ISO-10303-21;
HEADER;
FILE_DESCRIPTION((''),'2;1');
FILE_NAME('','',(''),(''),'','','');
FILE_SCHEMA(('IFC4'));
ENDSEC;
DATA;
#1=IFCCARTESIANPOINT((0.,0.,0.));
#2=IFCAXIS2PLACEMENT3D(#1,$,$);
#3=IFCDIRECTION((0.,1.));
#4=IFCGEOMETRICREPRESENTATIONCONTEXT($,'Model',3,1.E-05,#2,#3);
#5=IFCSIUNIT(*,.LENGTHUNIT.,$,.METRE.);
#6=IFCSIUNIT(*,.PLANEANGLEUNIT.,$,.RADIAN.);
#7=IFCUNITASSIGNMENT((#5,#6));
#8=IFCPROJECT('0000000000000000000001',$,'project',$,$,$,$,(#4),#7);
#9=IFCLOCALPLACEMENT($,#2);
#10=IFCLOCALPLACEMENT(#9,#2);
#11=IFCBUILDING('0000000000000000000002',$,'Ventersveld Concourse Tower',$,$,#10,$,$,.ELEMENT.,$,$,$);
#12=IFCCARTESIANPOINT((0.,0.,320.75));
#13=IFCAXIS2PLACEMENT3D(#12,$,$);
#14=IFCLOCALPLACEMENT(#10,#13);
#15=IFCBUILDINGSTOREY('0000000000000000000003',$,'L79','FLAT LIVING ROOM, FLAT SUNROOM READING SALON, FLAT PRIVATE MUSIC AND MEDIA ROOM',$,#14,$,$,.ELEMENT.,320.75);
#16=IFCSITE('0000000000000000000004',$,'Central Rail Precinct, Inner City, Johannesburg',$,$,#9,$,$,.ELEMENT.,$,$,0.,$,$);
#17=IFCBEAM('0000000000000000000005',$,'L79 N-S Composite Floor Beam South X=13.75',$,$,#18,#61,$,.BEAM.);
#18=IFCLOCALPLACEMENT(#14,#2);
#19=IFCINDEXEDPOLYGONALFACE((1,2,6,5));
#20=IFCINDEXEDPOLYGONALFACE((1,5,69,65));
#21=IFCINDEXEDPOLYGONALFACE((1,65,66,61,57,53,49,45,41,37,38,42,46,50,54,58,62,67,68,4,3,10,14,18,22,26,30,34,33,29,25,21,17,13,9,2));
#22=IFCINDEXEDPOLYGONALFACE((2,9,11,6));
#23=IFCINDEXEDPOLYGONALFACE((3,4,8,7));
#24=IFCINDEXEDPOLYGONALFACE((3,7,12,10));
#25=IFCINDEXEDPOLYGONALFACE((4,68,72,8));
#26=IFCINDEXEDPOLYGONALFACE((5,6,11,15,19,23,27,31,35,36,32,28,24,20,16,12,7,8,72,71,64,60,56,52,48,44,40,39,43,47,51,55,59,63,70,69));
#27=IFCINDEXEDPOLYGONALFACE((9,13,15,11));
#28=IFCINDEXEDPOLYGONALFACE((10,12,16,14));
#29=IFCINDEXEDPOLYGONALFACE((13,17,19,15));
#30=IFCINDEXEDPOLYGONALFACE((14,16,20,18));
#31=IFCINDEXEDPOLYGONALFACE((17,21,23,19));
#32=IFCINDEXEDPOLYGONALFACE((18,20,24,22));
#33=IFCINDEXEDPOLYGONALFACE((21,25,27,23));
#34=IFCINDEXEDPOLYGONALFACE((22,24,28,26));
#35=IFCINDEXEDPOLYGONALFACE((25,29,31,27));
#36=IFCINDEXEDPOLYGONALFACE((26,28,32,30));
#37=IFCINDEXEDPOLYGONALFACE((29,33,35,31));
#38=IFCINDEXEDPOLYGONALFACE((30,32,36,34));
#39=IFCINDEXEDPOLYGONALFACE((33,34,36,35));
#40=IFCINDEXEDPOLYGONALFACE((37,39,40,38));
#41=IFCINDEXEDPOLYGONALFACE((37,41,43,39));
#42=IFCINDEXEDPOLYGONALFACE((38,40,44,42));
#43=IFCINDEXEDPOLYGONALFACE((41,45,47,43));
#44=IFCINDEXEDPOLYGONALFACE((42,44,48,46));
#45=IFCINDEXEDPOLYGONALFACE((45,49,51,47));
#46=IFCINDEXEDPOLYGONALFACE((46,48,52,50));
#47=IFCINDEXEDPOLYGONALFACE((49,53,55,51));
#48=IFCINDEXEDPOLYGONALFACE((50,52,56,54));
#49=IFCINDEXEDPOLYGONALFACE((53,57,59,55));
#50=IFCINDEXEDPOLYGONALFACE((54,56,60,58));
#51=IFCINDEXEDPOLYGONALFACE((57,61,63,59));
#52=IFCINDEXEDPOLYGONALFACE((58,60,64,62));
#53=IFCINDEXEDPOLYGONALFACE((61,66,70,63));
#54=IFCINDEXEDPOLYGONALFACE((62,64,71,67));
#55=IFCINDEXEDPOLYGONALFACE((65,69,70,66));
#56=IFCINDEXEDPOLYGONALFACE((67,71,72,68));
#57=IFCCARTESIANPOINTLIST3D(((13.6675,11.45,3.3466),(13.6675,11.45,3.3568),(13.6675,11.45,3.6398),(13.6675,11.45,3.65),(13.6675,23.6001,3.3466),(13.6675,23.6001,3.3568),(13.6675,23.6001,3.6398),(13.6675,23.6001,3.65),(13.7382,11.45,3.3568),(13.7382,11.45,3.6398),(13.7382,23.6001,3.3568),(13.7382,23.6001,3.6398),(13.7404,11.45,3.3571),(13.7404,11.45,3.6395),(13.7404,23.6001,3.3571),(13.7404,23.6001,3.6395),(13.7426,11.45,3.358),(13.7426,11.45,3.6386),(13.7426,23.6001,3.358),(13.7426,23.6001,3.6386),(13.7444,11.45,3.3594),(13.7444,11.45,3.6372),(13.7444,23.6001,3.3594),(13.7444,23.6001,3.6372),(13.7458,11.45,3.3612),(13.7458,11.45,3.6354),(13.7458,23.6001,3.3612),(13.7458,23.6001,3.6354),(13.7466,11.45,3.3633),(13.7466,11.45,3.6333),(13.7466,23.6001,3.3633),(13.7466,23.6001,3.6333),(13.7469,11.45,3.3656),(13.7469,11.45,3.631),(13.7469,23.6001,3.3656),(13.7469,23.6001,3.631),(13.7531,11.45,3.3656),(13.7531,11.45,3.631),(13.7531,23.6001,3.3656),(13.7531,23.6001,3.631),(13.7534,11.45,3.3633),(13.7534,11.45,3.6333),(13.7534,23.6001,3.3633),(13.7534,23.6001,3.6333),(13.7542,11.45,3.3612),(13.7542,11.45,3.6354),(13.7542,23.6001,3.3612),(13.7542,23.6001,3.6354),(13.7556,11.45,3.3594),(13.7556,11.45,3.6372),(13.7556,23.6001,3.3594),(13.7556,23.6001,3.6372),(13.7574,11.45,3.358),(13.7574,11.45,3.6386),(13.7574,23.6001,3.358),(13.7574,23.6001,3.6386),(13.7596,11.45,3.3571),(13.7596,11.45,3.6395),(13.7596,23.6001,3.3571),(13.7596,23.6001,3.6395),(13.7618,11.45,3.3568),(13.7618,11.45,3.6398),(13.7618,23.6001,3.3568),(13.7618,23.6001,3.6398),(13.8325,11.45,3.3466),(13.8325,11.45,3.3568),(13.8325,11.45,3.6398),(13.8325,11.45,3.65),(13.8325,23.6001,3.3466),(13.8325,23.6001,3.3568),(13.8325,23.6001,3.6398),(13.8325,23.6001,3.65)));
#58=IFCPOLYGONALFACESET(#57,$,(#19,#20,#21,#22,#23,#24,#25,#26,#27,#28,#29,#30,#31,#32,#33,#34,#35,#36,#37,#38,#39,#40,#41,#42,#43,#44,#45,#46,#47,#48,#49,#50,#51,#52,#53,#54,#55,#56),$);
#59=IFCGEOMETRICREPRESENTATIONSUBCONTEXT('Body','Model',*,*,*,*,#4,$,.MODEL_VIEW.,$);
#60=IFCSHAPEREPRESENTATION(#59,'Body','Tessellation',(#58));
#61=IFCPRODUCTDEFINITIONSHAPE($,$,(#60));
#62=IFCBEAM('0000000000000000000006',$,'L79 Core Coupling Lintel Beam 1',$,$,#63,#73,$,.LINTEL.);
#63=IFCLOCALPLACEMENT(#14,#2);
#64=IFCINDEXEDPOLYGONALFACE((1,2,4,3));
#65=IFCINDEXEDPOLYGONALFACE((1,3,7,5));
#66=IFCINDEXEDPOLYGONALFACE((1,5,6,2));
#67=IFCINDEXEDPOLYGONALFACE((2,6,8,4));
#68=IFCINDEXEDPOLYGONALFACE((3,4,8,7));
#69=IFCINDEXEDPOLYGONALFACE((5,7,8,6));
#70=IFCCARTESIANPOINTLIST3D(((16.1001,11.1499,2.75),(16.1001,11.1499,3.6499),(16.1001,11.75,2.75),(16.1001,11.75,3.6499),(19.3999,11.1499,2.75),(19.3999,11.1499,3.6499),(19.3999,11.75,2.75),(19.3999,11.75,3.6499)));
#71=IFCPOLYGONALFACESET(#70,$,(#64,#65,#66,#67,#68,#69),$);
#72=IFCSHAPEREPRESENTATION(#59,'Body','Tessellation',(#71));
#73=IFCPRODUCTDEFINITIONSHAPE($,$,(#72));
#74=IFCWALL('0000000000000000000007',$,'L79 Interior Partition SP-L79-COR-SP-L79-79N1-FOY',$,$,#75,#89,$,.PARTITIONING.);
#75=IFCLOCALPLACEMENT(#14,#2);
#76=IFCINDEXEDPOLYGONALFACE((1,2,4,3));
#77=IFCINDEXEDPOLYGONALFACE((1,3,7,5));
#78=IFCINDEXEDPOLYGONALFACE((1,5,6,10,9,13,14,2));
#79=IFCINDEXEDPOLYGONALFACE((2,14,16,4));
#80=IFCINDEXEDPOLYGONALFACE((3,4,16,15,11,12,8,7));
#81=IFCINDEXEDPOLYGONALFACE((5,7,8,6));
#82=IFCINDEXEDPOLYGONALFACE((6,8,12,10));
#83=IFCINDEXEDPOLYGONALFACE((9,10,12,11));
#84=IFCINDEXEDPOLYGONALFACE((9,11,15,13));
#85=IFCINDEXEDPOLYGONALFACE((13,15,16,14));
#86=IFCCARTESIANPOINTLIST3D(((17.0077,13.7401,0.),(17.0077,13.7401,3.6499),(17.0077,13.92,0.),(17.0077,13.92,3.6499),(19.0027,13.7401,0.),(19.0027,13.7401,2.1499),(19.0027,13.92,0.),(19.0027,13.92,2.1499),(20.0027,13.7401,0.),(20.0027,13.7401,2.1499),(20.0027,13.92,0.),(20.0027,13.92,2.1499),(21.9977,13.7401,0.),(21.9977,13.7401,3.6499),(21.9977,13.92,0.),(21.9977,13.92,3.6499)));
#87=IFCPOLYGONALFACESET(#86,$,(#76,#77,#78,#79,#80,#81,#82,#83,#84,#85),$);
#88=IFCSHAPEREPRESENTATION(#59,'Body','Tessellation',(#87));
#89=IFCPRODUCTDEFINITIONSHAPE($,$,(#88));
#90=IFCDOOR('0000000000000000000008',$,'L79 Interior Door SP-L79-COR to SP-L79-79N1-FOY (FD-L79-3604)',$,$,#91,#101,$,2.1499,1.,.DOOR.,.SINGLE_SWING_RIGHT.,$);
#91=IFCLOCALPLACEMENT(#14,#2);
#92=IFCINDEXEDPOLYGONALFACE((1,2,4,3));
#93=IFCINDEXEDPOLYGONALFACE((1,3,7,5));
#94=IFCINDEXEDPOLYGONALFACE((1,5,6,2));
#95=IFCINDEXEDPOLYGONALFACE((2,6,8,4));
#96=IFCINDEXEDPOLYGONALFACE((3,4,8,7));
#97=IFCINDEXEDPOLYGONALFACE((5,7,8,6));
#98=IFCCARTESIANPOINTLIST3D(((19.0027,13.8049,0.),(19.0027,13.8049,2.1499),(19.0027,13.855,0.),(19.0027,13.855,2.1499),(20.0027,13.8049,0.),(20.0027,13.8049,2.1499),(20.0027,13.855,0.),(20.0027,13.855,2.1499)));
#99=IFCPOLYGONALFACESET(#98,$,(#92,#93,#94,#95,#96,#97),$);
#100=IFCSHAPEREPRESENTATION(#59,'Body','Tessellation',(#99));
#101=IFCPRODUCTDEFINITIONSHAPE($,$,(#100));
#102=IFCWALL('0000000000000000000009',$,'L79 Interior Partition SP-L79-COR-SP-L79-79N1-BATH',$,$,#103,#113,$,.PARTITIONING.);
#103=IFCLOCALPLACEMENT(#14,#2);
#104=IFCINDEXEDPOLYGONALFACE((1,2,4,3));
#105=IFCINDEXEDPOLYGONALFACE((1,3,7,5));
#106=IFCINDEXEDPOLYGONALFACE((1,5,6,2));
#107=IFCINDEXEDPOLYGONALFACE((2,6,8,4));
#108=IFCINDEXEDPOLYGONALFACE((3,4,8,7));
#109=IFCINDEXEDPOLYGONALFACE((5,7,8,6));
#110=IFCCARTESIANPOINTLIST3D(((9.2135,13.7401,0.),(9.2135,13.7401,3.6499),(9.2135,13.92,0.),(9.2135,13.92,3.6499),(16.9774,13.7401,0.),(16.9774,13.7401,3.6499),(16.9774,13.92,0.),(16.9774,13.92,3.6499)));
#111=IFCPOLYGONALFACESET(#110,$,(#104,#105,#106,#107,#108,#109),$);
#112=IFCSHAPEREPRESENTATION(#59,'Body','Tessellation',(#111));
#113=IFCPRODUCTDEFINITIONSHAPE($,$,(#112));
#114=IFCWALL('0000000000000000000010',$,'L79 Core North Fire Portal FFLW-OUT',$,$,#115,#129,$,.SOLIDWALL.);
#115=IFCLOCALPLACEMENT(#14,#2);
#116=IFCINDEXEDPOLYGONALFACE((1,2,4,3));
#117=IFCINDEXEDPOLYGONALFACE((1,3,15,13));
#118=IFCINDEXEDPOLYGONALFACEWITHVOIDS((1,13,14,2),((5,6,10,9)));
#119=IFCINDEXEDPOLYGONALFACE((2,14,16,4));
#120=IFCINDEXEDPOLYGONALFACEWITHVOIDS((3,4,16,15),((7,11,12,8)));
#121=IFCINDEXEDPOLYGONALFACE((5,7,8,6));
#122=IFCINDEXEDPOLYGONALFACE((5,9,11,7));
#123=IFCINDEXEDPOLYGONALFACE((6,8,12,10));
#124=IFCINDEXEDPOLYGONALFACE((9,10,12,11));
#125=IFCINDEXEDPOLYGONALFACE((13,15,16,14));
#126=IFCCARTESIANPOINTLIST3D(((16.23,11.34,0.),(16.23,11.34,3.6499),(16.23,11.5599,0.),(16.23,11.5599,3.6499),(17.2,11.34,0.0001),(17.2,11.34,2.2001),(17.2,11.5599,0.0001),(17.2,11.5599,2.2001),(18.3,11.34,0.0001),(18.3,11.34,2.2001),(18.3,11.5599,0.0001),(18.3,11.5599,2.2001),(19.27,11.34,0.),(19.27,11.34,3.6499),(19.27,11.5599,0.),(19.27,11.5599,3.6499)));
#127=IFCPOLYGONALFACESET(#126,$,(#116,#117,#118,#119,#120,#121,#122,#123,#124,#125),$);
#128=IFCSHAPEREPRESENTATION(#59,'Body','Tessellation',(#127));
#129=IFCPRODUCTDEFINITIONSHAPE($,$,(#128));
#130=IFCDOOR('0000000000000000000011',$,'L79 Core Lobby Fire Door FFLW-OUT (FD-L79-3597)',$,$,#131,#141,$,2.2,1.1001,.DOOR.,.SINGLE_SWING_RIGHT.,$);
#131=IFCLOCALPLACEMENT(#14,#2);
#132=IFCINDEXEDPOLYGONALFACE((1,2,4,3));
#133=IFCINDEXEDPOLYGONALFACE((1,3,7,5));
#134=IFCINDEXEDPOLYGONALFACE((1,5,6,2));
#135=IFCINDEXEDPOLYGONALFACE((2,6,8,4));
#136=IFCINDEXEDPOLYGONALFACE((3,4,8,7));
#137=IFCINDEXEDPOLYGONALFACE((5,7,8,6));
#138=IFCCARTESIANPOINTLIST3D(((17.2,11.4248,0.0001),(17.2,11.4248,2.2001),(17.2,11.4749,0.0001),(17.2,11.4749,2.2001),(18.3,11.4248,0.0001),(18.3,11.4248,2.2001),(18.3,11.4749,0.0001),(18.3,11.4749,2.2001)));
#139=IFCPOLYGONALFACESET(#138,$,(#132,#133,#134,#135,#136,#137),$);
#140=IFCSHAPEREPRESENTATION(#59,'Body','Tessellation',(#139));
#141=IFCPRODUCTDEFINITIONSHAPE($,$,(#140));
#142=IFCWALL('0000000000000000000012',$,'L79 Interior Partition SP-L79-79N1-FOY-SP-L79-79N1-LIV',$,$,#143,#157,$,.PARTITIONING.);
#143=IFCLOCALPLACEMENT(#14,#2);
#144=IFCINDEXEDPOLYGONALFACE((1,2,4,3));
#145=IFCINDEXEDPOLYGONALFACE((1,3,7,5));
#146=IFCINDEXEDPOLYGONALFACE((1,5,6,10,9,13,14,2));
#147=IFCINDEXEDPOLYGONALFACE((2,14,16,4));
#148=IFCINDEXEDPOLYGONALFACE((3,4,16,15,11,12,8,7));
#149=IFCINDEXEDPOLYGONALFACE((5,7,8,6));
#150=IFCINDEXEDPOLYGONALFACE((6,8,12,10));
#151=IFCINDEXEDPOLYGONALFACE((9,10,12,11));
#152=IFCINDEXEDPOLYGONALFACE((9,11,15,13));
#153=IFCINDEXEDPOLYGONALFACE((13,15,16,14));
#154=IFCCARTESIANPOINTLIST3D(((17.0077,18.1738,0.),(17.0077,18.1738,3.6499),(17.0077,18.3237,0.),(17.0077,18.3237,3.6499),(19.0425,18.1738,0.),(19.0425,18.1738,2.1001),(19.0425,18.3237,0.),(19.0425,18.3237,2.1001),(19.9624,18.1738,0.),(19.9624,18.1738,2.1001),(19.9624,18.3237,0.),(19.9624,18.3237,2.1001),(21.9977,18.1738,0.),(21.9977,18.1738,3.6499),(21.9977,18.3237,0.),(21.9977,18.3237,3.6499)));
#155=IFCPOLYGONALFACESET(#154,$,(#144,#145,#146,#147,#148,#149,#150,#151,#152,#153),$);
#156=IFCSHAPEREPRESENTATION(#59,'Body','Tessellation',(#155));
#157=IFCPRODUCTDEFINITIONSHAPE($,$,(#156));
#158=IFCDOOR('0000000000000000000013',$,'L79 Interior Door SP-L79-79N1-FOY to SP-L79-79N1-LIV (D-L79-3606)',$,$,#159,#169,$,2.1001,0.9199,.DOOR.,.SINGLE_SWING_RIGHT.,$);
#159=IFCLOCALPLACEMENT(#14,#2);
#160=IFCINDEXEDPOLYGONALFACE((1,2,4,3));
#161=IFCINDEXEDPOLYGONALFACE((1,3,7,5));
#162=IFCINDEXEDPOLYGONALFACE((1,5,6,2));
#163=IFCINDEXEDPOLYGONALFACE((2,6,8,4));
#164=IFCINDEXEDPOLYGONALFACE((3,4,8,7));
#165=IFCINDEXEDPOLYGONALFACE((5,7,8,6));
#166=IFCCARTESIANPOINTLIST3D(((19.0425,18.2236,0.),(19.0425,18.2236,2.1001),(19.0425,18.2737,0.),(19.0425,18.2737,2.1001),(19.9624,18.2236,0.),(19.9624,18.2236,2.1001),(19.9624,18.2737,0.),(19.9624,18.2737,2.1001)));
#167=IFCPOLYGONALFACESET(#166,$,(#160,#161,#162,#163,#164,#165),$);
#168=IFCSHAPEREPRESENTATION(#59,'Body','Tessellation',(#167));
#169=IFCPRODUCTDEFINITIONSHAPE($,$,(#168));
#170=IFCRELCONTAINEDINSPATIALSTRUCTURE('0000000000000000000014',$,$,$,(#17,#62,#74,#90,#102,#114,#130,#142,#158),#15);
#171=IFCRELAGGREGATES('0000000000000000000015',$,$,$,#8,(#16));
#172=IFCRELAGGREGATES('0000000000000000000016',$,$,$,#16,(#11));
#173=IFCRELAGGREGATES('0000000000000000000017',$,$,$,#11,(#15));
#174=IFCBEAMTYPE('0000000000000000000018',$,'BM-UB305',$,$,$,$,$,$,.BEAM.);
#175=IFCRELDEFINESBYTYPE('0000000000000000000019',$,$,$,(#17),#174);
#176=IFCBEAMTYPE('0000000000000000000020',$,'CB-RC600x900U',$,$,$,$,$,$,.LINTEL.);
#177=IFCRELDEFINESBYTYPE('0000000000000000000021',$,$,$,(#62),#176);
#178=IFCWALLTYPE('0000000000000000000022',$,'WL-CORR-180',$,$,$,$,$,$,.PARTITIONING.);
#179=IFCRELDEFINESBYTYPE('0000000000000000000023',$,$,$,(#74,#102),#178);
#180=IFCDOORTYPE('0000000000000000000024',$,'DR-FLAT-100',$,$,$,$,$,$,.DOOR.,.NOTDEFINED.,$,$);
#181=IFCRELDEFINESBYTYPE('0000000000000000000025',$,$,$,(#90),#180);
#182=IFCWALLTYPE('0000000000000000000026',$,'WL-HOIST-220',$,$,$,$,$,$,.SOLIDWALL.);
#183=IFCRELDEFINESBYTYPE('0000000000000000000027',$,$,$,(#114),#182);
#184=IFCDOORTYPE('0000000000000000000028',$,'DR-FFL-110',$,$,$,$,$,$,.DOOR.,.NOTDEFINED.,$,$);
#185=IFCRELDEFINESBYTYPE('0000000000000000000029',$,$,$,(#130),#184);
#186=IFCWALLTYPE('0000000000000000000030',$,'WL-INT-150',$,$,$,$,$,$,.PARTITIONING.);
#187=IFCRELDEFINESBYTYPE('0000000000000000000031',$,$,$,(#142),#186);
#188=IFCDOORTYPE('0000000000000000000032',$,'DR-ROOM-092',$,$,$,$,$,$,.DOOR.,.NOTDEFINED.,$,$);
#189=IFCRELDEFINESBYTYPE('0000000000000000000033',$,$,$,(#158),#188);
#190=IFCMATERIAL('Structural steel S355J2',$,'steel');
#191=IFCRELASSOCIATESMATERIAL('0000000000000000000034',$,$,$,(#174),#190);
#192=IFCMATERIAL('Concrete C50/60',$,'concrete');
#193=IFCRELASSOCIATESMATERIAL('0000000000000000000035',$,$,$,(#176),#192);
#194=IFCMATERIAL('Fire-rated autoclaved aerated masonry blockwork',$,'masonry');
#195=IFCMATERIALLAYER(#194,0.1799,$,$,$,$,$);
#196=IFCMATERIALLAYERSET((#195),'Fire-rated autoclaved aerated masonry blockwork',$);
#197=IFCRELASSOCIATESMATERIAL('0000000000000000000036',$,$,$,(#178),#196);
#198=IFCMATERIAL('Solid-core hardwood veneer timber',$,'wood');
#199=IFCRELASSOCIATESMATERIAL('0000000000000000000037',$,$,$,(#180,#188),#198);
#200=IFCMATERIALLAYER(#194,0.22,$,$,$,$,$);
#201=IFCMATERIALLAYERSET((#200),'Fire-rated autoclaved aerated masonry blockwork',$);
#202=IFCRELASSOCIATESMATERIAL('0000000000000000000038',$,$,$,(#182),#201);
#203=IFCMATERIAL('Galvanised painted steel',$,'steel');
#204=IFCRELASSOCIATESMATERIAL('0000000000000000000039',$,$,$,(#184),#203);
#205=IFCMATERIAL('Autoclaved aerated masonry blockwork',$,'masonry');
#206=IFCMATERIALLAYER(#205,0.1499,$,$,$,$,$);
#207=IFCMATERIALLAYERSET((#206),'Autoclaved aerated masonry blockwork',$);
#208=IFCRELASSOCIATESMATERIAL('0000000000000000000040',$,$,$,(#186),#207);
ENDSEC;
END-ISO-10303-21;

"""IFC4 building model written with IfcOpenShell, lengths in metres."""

from ifc_helpers import new_model, si_unit, direction, frame, frame_2d, origin, origin_2d, place, context, subcontext, project, spatial, rectangle, i_section, extrude, material, layer, layer_set, material_profile, profile_set, type_object, element, fill, save


model = new_model("IFC4")

# Units and contexts
model_context = context("Model", 3, precision=1e-05, world=origin(), true_north=direction((0.0, 1.0)))
body_context = subcontext(model_context, "Body", "Model", "MODEL_VIEW")
ifc_project = project(units=[si_unit("LENGTHUNIT", "METRE"), si_unit("PLANEANGLEUNIT", "RADIAN")], contexts=[model_context])

# Site, building, storey
site_placement = place(None, origin())
site = spatial("IfcSite", under=ifc_project, at=site_placement, Name="Central Rail Precinct, Inner City, Johannesburg", CompositionType="ELEMENT", RefElevation=0.0)
building_placement = place(site_placement, origin())
building = spatial("IfcBuilding", under=site, at=building_placement, Name="Ventersveld Concourse Tower", CompositionType="ELEMENT")
storey_placement = place(building_placement, frame((0.0, 0.0, 320.75)))
storey = spatial("IfcBuildingStorey", under=building, at=storey_placement, Name="L79", Description="FLAT LIVING ROOM, FLAT SUNROOM READING SALON, FLAT PRIVATE MUSIC AND MEDIA ROOM", CompositionType="ELEMENT", Elevation=320.75)

# Beams
ifc_material_1 = material(Name="Structural steel S355J2", Category="steel")
ifc_material_profile_1 = material_profile(ifc_material_1, i_section(OverallWidth=0.165, OverallDepth=0.3035, WebThickness=0.0061, FlangeThickness=0.0103, FilletRadius=0.0088, at=origin_2d()), Name="UB 305x165x40")
ifc_profile_set_1 = profile_set([ifc_material_profile_1], Name="Structural steel S355J2")
beam_type_1 = type_object("IfcBeamType", Name="BM-UB305", PredefinedType="BEAM", material=ifc_profile_set_1)
beam_1_placement = place(storey_placement, frame((13.75, 11.45, 3.4983), z_axis=(0.0, 1.0, 0.0), x_axis=(-1.0, 0.0, 0.0)))
element("IfcBeam", 1, at=beam_1_placement, inside=storey, type_object=beam_type_1, Name="L79 N-S Composite Floor Beam South X=13.75", PredefinedType="BEAM", context=body_context, shape_type="SweptSolid", body=[
    extrude(i_section(OverallWidth=0.165, OverallDepth=0.3035, WebThickness=0.0061, FlangeThickness=0.0103, FilletRadius=0.0088, at=origin_2d()), origin(), (0.0, 0.0, 1.0), 12.1501),
])
ifc_material_2 = material(Name="Concrete C50/60", Category="concrete")
ifc_material_profile_2 = material_profile(ifc_material_2, rectangle(XDim=0.6001, YDim=0.8999, at=origin_2d()), Name="RC 600x900")
ifc_profile_set_2 = profile_set([ifc_material_profile_2], Name="Concrete C50/60")
beam_type_2 = type_object("IfcBeamType", Name="CB-RC600x900U", PredefinedType="LINTEL", material=ifc_profile_set_2)
beam_2_placement = place(storey_placement, frame((16.1001, 11.45, 3.2), z_axis=(1.0, 0.0, 0.0), x_axis=(0.0, 1.0, 0.0)))
element("IfcBeam", 2, at=beam_2_placement, inside=storey, type_object=beam_type_2, Name="L79 Core Coupling Lintel Beam 1", PredefinedType="LINTEL", context=body_context, shape_type="SweptSolid", body=[
    extrude(rectangle(XDim=0.6001, YDim=0.8999, at=origin_2d()), origin(), (0.0, 0.0, 1.0), 3.2998),
])

# Wall, opening, door
ifc_material_3 = material(Name="Fire-rated autoclaved aerated masonry blockwork", Category="masonry")
ifc_layer_1 = layer(ifc_material_3, 0.1799)
ifc_layer_set_1 = layer_set([ifc_layer_1], Name="Fire-rated autoclaved aerated masonry blockwork")
wall_type_1 = type_object("IfcWallType", Name="WL-CORR-180", PredefinedType="PARTITIONING", material=ifc_layer_set_1)
ifc_material_4 = material(Name="Solid-core hardwood veneer timber", Category="wood")
door_type_1 = type_object("IfcDoorType", Name="DR-FLAT-100", OperationType="NOTDEFINED", PredefinedType="DOOR", material=ifc_material_4)
wall_1_placement = place(storey_placement, frame((17.0076, 13.8301, 0.0), z_axis=(0.0, 0.0, 1.0), x_axis=(1.0, 0.0, 0.0)))
wall_1 = element("IfcWall", 3, at=wall_1_placement, inside=storey, type_object=wall_type_1, Name="L79 Interior Partition SP-L79-COR-SP-L79-79N1-FOY", PredefinedType="PARTITIONING", context=body_context, shape_type="SweptSolid", body=[
    extrude(rectangle(XDim=4.99, YDim=0.1799, at=frame_2d((2.4951, 0.0))), origin(), (0.0, 0.0, 1.0), 3.6499),
])
opening_1_placement = place(wall_1_placement, frame((1.9951, 0.0, 0.0)))
opening_1 = element("IfcOpeningElement", 4, at=opening_1_placement, cuts=wall_1, PredefinedType="OPENING", context=body_context, shape_type="SweptSolid", body=[
    extrude(rectangle(XDim=1.0, YDim=2.1499, at=frame_2d((0.5, 1.075))), frame((0.0, 0.1001, 0.0), z_axis=(0.0, -1.0, 0.0), x_axis=(1.0, 0.0, 0.0)), (0.0, 0.0, 1.0), 0.2),
])
door_1_placement = place(opening_1_placement, origin())
door_1 = element("IfcDoor", 5, at=door_1_placement, inside=storey, type_object=door_type_1, Name="L79 Interior Door SP-L79-COR to SP-L79-79N1-FOY (FD-L79-3604)", OperationType="SINGLE_SWING_RIGHT", OverallHeight=2.1499, OverallWidth=1.0, PredefinedType="DOOR", context=body_context, shape_type="SweptSolid", body=[
    extrude(rectangle(XDim=1.0, YDim=2.1499, at=frame_2d((0.5, 1.075))), frame((0.0, 0.0249, 0.0), z_axis=(0.0, -1.0, 0.0), x_axis=(1.0, 0.0, 0.0)), (0.0, 0.0, 1.0), 0.05),
])
fill(opening_1, door_1)

# Wall
wall_2_placement = place(storey_placement, frame((9.2136, 13.8301, 0.0), z_axis=(0.0, 0.0, 1.0), x_axis=(1.0, 0.0, 0.0)))
element("IfcWall", 6, at=wall_2_placement, inside=storey, type_object=wall_type_1, Name="L79 Interior Partition SP-L79-COR-SP-L79-79N1-BATH", PredefinedType="PARTITIONING", context=body_context, shape_type="SweptSolid", body=[
    extrude(rectangle(XDim=7.7639, YDim=0.1799, at=frame_2d((3.8818, 0.0))), origin(), (0.0, 0.0, 1.0), 3.6499),
])

# Walls, openings, doors
ifc_layer_2 = layer(ifc_material_3, 0.22)
ifc_layer_set_2 = layer_set([ifc_layer_2], Name="Fire-rated autoclaved aerated masonry blockwork")
wall_type_2 = type_object("IfcWallType", Name="WL-HOIST-220", PredefinedType="SOLIDWALL", material=ifc_layer_set_2)
wall_3_placement = place(storey_placement, frame((16.23, 11.45, 0.0), z_axis=(0.0, 0.0, 1.0), x_axis=(1.0, 0.0, 0.0)))
wall_3 = element("IfcWall", 7, at=wall_3_placement, inside=storey, type_object=wall_type_2, Name="L79 Core North Fire Portal FFLW-OUT", PredefinedType="SOLIDWALL", context=body_context, shape_type="SweptSolid", body=[
    extrude(rectangle(XDim=3.04, YDim=0.22, at=frame_2d((1.52, 0.0))), origin(), (0.0, 0.0, 1.0), 3.6499),
])
opening_2_placement = place(wall_3_placement, frame((0.97, 0.0, 0.0)))
opening_2 = element("IfcOpeningElement", 8, at=opening_2_placement, cuts=wall_3, PredefinedType="OPENING", context=body_context, shape_type="SweptSolid", body=[
    extrude(rectangle(XDim=1.1001, YDim=2.2, at=frame_2d((0.55, 1.1001))), frame((0.0, 0.1201, 0.0), z_axis=(0.0, -1.0, 0.0), x_axis=(1.0, 0.0, 0.0)), (0.0, 0.0, 1.0), 0.24),
])
ifc_material_5 = material(Name="Galvanised painted steel", Category="steel")
door_type_2 = type_object("IfcDoorType", Name="DR-FFL-110", OperationType="NOTDEFINED", PredefinedType="DOOR", material=ifc_material_5)
door_2_placement = place(opening_2_placement, origin())
door_2 = element("IfcDoor", 9, at=door_2_placement, inside=storey, type_object=door_type_2, Name="L79 Core Lobby Fire Door FFLW-OUT (FD-L79-3597)", OperationType="SINGLE_SWING_RIGHT", OverallHeight=2.2, OverallWidth=1.1001, PredefinedType="DOOR", context=body_context, shape_type="SweptSolid", body=[
    extrude(rectangle(XDim=1.1001, YDim=2.2, at=frame_2d((0.55, 1.1001))), frame((0.0, 0.0249, 0.0), z_axis=(0.0, -1.0, 0.0), x_axis=(1.0, 0.0, 0.0)), (0.0, 0.0, 1.0), 0.05),
])
fill(opening_2, door_2)
ifc_material_6 = material(Name="Autoclaved aerated masonry blockwork", Category="masonry")
ifc_layer_3 = layer(ifc_material_6, 0.1499)
ifc_layer_set_3 = layer_set([ifc_layer_3], Name="Autoclaved aerated masonry blockwork")
wall_type_3 = type_object("IfcWallType", Name="WL-INT-150", PredefinedType="PARTITIONING", material=ifc_layer_set_3)
wall_4_placement = place(storey_placement, frame((17.0076, 18.2488, 0.0), z_axis=(0.0, 0.0, 1.0), x_axis=(1.0, 0.0, 0.0)))
wall_4 = element("IfcWall", 10, at=wall_4_placement, inside=storey, type_object=wall_type_3, Name="L79 Interior Partition SP-L79-79N1-FOY-SP-L79-79N1-LIV", PredefinedType="PARTITIONING", context=body_context, shape_type="SweptSolid", body=[
    extrude(rectangle(XDim=4.99, YDim=0.1499, at=frame_2d((2.4951, 0.0))), origin(), (0.0, 0.0, 1.0), 3.6499),
])
opening_3_placement = place(wall_4_placement, frame((2.0349, 0.0, 0.0)))
opening_3 = element("IfcOpeningElement", 11, at=opening_3_placement, cuts=wall_4, PredefinedType="OPENING", context=body_context, shape_type="SweptSolid", body=[
    extrude(rectangle(XDim=0.9199, YDim=2.1001, at=frame_2d((0.46, 1.05))), frame((0.0, 0.085, 0.0), z_axis=(0.0, -1.0, 0.0), x_axis=(1.0, 0.0, 0.0)), (0.0, 0.0, 1.0), 0.1699),
])
door_type_3 = type_object("IfcDoorType", Name="DR-ROOM-092", OperationType="NOTDEFINED", PredefinedType="DOOR", material=ifc_material_4)
door_3_placement = place(opening_3_placement, origin())
door_3 = element("IfcDoor", 12, at=door_3_placement, inside=storey, type_object=door_type_3, Name="L79 Interior Door SP-L79-79N1-FOY to SP-L79-79N1-LIV (D-L79-3606)", OperationType="SINGLE_SWING_RIGHT", OverallHeight=2.1001, OverallWidth=0.9199, PredefinedType="DOOR", context=body_context, shape_type="SweptSolid", body=[
    extrude(rectangle(XDim=0.9199, YDim=2.1001, at=frame_2d((0.46, 1.05))), frame((0.0, 0.0249, 0.0), z_axis=(0.0, -1.0, 0.0), x_axis=(1.0, 0.0, 0.0)), (0.0, 0.0, 1.0), 0.05),
])
fill(opening_3, door_3)

save(model, "model.ifc")
